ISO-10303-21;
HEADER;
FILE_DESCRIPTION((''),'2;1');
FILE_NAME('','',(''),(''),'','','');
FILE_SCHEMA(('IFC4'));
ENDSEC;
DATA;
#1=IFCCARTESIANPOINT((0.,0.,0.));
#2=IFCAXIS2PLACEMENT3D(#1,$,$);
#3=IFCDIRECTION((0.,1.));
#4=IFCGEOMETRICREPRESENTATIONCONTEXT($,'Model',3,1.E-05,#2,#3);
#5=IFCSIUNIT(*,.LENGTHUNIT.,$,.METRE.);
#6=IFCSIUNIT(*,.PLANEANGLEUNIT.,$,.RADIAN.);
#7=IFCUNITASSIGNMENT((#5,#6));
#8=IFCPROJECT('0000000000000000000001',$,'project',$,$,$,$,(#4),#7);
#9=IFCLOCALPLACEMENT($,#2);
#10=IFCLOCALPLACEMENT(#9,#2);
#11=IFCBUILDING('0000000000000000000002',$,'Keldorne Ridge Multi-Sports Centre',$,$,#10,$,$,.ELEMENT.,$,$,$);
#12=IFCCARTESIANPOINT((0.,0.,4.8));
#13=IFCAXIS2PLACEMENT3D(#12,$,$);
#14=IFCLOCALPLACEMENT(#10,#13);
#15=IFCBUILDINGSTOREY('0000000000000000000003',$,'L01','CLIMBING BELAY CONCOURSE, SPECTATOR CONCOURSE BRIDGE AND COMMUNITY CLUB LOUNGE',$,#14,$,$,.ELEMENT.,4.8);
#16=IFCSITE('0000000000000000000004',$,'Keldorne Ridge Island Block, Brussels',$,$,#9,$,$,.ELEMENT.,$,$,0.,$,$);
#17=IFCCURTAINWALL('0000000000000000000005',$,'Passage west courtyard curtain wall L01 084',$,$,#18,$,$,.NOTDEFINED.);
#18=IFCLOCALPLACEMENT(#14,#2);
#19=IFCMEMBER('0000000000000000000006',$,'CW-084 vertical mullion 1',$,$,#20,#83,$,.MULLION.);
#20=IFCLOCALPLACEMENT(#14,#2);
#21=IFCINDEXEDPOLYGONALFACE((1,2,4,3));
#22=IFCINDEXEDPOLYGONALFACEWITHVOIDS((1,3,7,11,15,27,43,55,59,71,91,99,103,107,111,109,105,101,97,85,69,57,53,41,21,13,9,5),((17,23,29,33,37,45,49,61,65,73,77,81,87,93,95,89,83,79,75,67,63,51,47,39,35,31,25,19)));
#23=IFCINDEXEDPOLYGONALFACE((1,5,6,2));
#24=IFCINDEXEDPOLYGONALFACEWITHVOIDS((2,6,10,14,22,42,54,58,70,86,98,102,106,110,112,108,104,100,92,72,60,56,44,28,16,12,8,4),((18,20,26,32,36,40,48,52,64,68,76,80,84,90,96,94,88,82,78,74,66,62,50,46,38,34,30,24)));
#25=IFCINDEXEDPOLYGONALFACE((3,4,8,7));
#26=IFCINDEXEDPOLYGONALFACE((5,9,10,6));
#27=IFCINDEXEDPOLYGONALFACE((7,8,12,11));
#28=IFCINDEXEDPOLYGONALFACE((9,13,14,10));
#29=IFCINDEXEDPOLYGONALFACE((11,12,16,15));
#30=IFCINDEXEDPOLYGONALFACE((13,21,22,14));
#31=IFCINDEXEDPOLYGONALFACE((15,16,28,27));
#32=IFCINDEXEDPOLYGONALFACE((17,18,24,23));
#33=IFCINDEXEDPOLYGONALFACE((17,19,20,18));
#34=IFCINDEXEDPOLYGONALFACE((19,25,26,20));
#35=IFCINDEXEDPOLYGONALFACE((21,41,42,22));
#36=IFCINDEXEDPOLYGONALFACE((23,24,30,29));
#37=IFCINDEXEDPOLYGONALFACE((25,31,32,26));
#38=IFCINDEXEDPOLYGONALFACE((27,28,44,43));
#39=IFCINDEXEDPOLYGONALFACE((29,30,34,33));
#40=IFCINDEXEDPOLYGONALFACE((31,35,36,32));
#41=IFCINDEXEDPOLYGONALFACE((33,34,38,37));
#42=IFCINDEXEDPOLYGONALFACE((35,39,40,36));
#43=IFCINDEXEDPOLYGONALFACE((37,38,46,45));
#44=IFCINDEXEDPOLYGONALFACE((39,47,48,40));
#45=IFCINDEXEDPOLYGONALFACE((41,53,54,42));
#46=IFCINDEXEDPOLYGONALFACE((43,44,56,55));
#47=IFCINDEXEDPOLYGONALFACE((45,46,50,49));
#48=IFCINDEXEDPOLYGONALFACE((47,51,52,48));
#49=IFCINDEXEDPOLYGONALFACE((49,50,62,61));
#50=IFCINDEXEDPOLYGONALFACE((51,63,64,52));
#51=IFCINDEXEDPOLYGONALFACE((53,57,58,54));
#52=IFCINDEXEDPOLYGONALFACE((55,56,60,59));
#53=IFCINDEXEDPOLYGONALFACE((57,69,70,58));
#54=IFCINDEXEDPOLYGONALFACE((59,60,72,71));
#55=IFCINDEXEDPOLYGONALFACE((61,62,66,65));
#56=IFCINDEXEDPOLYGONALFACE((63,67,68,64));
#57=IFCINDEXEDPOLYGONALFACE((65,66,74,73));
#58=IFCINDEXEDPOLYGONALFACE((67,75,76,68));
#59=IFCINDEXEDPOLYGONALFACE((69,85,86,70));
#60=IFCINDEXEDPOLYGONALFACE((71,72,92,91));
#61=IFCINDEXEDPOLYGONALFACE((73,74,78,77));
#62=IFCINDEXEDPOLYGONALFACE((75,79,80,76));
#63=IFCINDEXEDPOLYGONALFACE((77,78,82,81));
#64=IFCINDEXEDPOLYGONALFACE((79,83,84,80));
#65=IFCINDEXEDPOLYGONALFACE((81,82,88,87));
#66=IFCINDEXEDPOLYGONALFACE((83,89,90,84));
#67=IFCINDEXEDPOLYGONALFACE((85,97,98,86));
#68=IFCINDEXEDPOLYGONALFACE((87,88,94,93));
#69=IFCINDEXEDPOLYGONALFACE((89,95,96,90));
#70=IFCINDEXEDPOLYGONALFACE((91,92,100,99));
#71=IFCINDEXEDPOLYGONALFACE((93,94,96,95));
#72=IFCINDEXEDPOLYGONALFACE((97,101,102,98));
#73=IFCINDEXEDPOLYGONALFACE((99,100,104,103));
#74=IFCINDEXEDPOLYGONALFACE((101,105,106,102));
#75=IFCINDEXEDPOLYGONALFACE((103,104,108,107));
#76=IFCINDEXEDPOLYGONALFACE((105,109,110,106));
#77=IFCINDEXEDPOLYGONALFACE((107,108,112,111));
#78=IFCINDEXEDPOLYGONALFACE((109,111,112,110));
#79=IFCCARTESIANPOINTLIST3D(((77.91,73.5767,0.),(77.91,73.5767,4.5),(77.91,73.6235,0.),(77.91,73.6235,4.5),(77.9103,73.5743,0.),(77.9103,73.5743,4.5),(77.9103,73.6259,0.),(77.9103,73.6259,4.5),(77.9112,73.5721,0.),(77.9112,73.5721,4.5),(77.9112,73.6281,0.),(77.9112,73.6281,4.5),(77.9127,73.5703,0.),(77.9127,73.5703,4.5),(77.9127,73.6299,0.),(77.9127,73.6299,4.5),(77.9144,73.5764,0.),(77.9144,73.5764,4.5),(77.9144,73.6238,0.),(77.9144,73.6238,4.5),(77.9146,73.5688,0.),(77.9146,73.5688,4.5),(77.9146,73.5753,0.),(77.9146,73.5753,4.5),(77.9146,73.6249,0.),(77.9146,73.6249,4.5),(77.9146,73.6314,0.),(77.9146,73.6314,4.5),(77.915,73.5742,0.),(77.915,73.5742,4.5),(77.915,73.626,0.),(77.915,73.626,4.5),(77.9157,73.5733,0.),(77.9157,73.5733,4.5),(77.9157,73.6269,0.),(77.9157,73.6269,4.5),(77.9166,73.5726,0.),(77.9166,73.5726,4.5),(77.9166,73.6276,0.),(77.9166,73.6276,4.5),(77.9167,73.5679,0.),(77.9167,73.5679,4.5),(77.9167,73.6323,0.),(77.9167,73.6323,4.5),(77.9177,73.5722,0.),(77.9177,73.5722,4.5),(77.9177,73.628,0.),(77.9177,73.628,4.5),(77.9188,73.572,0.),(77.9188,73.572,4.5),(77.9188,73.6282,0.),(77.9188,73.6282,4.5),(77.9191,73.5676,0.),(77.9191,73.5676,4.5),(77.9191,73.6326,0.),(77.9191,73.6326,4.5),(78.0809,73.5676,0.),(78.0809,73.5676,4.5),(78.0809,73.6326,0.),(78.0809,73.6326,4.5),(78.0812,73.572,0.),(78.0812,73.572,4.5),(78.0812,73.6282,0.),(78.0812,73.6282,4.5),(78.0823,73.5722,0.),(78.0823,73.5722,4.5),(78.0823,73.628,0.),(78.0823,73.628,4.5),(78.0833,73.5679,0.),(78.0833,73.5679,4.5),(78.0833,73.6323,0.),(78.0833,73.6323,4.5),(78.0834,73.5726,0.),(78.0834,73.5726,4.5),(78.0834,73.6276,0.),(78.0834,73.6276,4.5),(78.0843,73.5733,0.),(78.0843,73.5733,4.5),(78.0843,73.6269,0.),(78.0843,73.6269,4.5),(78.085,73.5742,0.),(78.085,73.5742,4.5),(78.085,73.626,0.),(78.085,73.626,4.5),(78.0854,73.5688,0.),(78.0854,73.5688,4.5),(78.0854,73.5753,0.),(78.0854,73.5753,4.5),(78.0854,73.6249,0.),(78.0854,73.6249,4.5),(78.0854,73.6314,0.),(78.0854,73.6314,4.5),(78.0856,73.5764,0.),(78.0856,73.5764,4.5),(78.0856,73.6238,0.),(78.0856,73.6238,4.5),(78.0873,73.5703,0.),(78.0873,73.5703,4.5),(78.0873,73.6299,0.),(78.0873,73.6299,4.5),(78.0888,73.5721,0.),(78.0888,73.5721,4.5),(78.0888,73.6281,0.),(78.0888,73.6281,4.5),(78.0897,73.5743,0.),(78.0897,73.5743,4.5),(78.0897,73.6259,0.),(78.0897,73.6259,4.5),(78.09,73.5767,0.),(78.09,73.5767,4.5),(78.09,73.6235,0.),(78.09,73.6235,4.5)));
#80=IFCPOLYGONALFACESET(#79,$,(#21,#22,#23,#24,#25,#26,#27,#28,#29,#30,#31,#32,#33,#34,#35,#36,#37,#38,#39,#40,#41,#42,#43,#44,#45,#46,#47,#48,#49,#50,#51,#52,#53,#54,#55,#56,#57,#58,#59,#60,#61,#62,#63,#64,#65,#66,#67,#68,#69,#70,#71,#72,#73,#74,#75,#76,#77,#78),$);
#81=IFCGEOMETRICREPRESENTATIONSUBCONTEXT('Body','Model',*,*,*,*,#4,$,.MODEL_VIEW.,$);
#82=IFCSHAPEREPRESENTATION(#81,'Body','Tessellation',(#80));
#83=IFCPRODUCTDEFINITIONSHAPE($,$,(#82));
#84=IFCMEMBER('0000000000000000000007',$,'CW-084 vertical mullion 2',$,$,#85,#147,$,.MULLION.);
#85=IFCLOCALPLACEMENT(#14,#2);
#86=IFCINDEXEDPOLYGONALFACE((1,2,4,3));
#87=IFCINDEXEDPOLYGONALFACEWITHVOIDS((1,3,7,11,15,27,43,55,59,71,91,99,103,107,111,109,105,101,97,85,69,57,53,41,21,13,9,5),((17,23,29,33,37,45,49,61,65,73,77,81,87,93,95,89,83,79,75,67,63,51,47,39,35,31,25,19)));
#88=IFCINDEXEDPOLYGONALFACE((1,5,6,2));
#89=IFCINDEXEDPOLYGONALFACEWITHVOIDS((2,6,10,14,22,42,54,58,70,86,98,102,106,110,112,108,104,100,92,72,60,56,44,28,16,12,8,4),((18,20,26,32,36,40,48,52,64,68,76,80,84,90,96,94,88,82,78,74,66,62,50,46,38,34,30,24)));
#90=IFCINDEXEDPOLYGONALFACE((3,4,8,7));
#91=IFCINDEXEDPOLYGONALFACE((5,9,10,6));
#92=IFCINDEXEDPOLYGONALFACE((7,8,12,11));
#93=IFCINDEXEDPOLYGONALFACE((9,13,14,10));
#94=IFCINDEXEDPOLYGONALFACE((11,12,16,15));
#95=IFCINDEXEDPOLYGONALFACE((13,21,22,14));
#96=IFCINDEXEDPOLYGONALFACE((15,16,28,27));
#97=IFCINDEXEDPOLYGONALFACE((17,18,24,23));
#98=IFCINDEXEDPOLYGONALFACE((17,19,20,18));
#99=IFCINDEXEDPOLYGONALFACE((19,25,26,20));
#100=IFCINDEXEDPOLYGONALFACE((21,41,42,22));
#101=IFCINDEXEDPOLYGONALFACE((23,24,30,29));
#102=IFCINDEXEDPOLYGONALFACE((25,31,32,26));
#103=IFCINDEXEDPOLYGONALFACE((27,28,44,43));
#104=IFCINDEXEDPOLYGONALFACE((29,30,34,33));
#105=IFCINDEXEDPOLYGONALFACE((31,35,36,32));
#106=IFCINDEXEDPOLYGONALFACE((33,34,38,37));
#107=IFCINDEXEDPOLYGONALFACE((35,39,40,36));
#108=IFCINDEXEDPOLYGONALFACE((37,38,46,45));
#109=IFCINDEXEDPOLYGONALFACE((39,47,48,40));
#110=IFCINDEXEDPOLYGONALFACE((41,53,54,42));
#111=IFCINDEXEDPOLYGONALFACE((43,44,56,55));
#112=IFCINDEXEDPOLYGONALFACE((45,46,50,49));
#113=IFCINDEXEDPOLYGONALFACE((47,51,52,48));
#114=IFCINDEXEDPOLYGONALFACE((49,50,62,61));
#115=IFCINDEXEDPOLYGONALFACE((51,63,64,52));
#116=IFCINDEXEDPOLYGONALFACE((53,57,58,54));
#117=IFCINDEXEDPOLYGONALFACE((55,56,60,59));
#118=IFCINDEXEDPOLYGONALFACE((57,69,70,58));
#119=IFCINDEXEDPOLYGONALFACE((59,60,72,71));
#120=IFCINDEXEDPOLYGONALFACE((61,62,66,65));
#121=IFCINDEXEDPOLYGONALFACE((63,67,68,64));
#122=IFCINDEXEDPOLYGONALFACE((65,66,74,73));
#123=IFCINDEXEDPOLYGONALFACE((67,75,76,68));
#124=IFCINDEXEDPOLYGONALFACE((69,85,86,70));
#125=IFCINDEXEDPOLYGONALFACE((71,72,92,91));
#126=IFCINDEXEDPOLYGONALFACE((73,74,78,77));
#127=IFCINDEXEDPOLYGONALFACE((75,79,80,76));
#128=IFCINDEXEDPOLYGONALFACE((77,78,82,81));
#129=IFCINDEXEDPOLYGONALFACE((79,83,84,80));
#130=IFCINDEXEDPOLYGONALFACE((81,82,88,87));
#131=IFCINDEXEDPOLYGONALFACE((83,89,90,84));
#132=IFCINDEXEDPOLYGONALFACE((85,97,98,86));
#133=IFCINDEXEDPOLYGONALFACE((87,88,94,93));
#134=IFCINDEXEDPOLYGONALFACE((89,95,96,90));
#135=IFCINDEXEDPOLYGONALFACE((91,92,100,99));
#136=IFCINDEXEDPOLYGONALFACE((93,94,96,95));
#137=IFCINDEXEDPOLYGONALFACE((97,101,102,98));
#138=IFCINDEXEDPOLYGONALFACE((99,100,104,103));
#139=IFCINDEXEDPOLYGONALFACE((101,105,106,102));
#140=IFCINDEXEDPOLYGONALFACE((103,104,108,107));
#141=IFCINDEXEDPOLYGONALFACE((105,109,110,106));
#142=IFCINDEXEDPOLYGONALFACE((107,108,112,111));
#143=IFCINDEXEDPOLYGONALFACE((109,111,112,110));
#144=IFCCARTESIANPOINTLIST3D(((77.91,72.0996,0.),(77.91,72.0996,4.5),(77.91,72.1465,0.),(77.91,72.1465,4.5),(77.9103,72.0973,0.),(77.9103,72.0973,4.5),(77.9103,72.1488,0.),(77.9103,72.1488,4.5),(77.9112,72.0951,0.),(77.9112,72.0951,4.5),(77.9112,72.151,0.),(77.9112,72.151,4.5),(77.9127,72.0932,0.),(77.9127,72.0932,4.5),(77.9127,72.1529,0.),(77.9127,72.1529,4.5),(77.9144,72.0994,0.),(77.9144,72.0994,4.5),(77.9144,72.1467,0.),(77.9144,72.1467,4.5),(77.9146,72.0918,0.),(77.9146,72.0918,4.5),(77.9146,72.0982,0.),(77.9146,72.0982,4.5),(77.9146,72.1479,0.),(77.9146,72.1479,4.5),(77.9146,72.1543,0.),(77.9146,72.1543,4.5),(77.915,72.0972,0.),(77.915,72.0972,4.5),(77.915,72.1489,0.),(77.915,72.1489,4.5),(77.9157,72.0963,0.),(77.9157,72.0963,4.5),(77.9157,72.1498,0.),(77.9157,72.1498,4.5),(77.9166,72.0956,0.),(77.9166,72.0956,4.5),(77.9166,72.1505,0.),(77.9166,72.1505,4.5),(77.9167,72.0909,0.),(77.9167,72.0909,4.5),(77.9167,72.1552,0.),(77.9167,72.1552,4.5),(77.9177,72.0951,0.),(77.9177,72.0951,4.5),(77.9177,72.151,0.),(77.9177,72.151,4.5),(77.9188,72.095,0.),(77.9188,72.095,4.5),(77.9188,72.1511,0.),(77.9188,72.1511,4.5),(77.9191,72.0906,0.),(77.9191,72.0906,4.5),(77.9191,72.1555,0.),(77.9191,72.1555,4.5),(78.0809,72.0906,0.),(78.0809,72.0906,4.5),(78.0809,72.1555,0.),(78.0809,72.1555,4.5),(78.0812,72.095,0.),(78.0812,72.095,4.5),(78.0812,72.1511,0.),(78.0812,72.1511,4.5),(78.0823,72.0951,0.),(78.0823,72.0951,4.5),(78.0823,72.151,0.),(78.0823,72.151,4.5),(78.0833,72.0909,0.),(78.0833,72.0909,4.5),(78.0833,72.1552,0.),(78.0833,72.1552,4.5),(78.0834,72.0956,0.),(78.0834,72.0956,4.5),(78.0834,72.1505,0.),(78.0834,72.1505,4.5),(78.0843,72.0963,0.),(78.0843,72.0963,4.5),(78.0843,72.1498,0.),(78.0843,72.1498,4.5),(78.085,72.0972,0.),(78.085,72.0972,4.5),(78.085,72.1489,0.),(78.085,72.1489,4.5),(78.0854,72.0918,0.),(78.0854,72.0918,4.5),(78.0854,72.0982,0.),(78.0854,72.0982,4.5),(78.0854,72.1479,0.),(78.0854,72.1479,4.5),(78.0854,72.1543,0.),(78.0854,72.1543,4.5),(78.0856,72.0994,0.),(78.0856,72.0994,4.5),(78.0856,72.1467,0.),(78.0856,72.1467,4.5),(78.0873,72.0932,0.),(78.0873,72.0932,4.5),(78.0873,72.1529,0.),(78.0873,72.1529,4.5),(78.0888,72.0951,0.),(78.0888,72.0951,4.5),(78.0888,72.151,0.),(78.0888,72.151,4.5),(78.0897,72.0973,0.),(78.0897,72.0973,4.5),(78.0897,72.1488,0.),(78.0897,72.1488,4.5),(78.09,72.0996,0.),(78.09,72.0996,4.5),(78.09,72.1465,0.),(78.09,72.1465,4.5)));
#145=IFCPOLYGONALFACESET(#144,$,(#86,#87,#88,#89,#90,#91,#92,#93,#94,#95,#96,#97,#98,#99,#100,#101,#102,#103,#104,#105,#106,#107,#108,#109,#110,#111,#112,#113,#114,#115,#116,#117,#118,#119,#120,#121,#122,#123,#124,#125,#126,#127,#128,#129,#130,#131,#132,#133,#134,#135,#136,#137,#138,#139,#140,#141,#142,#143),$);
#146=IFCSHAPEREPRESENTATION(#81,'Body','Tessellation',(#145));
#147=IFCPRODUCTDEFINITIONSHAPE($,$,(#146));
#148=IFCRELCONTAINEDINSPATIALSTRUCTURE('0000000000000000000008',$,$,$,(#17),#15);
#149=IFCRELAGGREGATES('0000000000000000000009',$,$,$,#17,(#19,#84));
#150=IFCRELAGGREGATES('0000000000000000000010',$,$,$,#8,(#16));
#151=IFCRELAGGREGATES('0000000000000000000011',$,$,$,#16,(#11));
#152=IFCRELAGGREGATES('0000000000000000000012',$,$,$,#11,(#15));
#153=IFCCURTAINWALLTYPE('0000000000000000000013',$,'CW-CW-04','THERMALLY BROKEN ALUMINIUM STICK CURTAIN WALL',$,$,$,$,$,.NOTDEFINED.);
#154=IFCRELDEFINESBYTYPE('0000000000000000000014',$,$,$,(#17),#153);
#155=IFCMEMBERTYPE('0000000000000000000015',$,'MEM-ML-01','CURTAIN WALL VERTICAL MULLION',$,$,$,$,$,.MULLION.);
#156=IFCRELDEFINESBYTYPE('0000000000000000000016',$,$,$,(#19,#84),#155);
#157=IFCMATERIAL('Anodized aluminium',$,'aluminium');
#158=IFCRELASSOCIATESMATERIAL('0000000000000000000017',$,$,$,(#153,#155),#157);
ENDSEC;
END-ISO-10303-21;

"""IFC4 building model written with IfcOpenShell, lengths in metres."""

from ifc_helpers import new_model, si_unit, direction, frame, origin, origin_2d, place, context, subcontext, project, spatial, hollow_rectangle, extrude, material, material_profile, profile_set, type_object, element, aggregate, save


model = new_model("IFC4")

# Units and contexts
model_context = context("Model", 3, precision=1e-05, world=origin(), true_north=direction((0.0, 1.0)))
body_context = subcontext(model_context, "Body", "Model", "MODEL_VIEW")
ifc_project = project(units=[si_unit("LENGTHUNIT", "METRE"), si_unit("PLANEANGLEUNIT", "RADIAN")], contexts=[model_context])

# Site, building, storey
site_placement = place(None, origin())
site = spatial("IfcSite", under=ifc_project, at=site_placement, Name="Keldorne Ridge Island Block, Brussels", CompositionType="ELEMENT", RefElevation=0.0)
building_placement = place(site_placement, origin())
building = spatial("IfcBuilding", under=site, at=building_placement, Name="Keldorne Ridge Multi-Sports Centre", CompositionType="ELEMENT")
storey_placement = place(building_placement, frame((0.0, 0.0, 4.8)))
storey = spatial("IfcBuildingStorey", under=building, at=storey_placement, Name="L01", Description="CLIMBING BELAY CONCOURSE, SPECTATOR CONCOURSE BRIDGE AND COMMUNITY CLUB LOUNGE", CompositionType="ELEMENT", Elevation=4.8)

# Curtain wall, members
ifc_material_1 = material(Name="Anodized aluminium", Category="aluminium")
curtain_wall_type = type_object("IfcCurtainWallType", Name="CW-CW-04", Description="THERMALLY BROKEN ALUMINIUM STICK CURTAIN WALL", PredefinedType="NOTDEFINED", material=ifc_material_1)
curtain_wall_placement = place(storey_placement, origin())
curtain_wall = element("IfcCurtainWall", 1, at=curtain_wall_placement, inside=storey, type_object=curtain_wall_type, Name="Passage west courtyard curtain wall L01 084", PredefinedType="NOTDEFINED")
ifc_material_profile_1 = material_profile(ifc_material_1, hollow_rectangle(XDim=0.0649, YDim=0.1799, WallThickness=0.0044, InnerFilletRadius=0.0044, OuterFilletRadius=0.009, at=origin_2d()), Name="ALU MULLION 180x65x4.5")
ifc_profile_set_1 = profile_set([ifc_material_profile_1], Name="Anodized aluminium")
member_type_1 = type_object("IfcMemberType", Name="MEM-ML-01", Description="CURTAIN WALL VERTICAL MULLION", PredefinedType="MULLION", material=ifc_profile_set_1)
member_1_placement = place(storey_placement, frame((78.0, 73.6001, 0.0), z_axis=(0.0, 0.0, 1.0), x_axis=(0.0, 1.0, 0.0)))
member_1 = element("IfcMember", 2, at=member_1_placement, type_object=member_type_1, Name="CW-084 vertical mullion 1", PredefinedType="MULLION", context=body_context, shape_type="SweptSolid", body=[
    extrude(hollow_rectangle(XDim=0.0649, YDim=0.1799, WallThickness=0.0044, InnerFilletRadius=0.0044, OuterFilletRadius=0.009, at=origin_2d()), origin(), (0.0, 0.0, 1.0), 4.5),
])
member_2_placement = place(storey_placement, frame((78.0, 72.123, 0.0), z_axis=(0.0, 0.0, 1.0), x_axis=(0.0, 1.0, 0.0)))
member_2 = element("IfcMember", 3, at=member_2_placement, type_object=member_type_1, Name="CW-084 vertical mullion 2", PredefinedType="MULLION", context=body_context, shape_type="SweptSolid", body=[
    extrude(hollow_rectangle(XDim=0.0649, YDim=0.1799, WallThickness=0.0044, InnerFilletRadius=0.0044, OuterFilletRadius=0.009, at=origin_2d()), origin(), (0.0, 0.0, 1.0), 4.5),
])
aggregate(curtain_wall, [member_1, member_2])

save(model, "model.ifc")
